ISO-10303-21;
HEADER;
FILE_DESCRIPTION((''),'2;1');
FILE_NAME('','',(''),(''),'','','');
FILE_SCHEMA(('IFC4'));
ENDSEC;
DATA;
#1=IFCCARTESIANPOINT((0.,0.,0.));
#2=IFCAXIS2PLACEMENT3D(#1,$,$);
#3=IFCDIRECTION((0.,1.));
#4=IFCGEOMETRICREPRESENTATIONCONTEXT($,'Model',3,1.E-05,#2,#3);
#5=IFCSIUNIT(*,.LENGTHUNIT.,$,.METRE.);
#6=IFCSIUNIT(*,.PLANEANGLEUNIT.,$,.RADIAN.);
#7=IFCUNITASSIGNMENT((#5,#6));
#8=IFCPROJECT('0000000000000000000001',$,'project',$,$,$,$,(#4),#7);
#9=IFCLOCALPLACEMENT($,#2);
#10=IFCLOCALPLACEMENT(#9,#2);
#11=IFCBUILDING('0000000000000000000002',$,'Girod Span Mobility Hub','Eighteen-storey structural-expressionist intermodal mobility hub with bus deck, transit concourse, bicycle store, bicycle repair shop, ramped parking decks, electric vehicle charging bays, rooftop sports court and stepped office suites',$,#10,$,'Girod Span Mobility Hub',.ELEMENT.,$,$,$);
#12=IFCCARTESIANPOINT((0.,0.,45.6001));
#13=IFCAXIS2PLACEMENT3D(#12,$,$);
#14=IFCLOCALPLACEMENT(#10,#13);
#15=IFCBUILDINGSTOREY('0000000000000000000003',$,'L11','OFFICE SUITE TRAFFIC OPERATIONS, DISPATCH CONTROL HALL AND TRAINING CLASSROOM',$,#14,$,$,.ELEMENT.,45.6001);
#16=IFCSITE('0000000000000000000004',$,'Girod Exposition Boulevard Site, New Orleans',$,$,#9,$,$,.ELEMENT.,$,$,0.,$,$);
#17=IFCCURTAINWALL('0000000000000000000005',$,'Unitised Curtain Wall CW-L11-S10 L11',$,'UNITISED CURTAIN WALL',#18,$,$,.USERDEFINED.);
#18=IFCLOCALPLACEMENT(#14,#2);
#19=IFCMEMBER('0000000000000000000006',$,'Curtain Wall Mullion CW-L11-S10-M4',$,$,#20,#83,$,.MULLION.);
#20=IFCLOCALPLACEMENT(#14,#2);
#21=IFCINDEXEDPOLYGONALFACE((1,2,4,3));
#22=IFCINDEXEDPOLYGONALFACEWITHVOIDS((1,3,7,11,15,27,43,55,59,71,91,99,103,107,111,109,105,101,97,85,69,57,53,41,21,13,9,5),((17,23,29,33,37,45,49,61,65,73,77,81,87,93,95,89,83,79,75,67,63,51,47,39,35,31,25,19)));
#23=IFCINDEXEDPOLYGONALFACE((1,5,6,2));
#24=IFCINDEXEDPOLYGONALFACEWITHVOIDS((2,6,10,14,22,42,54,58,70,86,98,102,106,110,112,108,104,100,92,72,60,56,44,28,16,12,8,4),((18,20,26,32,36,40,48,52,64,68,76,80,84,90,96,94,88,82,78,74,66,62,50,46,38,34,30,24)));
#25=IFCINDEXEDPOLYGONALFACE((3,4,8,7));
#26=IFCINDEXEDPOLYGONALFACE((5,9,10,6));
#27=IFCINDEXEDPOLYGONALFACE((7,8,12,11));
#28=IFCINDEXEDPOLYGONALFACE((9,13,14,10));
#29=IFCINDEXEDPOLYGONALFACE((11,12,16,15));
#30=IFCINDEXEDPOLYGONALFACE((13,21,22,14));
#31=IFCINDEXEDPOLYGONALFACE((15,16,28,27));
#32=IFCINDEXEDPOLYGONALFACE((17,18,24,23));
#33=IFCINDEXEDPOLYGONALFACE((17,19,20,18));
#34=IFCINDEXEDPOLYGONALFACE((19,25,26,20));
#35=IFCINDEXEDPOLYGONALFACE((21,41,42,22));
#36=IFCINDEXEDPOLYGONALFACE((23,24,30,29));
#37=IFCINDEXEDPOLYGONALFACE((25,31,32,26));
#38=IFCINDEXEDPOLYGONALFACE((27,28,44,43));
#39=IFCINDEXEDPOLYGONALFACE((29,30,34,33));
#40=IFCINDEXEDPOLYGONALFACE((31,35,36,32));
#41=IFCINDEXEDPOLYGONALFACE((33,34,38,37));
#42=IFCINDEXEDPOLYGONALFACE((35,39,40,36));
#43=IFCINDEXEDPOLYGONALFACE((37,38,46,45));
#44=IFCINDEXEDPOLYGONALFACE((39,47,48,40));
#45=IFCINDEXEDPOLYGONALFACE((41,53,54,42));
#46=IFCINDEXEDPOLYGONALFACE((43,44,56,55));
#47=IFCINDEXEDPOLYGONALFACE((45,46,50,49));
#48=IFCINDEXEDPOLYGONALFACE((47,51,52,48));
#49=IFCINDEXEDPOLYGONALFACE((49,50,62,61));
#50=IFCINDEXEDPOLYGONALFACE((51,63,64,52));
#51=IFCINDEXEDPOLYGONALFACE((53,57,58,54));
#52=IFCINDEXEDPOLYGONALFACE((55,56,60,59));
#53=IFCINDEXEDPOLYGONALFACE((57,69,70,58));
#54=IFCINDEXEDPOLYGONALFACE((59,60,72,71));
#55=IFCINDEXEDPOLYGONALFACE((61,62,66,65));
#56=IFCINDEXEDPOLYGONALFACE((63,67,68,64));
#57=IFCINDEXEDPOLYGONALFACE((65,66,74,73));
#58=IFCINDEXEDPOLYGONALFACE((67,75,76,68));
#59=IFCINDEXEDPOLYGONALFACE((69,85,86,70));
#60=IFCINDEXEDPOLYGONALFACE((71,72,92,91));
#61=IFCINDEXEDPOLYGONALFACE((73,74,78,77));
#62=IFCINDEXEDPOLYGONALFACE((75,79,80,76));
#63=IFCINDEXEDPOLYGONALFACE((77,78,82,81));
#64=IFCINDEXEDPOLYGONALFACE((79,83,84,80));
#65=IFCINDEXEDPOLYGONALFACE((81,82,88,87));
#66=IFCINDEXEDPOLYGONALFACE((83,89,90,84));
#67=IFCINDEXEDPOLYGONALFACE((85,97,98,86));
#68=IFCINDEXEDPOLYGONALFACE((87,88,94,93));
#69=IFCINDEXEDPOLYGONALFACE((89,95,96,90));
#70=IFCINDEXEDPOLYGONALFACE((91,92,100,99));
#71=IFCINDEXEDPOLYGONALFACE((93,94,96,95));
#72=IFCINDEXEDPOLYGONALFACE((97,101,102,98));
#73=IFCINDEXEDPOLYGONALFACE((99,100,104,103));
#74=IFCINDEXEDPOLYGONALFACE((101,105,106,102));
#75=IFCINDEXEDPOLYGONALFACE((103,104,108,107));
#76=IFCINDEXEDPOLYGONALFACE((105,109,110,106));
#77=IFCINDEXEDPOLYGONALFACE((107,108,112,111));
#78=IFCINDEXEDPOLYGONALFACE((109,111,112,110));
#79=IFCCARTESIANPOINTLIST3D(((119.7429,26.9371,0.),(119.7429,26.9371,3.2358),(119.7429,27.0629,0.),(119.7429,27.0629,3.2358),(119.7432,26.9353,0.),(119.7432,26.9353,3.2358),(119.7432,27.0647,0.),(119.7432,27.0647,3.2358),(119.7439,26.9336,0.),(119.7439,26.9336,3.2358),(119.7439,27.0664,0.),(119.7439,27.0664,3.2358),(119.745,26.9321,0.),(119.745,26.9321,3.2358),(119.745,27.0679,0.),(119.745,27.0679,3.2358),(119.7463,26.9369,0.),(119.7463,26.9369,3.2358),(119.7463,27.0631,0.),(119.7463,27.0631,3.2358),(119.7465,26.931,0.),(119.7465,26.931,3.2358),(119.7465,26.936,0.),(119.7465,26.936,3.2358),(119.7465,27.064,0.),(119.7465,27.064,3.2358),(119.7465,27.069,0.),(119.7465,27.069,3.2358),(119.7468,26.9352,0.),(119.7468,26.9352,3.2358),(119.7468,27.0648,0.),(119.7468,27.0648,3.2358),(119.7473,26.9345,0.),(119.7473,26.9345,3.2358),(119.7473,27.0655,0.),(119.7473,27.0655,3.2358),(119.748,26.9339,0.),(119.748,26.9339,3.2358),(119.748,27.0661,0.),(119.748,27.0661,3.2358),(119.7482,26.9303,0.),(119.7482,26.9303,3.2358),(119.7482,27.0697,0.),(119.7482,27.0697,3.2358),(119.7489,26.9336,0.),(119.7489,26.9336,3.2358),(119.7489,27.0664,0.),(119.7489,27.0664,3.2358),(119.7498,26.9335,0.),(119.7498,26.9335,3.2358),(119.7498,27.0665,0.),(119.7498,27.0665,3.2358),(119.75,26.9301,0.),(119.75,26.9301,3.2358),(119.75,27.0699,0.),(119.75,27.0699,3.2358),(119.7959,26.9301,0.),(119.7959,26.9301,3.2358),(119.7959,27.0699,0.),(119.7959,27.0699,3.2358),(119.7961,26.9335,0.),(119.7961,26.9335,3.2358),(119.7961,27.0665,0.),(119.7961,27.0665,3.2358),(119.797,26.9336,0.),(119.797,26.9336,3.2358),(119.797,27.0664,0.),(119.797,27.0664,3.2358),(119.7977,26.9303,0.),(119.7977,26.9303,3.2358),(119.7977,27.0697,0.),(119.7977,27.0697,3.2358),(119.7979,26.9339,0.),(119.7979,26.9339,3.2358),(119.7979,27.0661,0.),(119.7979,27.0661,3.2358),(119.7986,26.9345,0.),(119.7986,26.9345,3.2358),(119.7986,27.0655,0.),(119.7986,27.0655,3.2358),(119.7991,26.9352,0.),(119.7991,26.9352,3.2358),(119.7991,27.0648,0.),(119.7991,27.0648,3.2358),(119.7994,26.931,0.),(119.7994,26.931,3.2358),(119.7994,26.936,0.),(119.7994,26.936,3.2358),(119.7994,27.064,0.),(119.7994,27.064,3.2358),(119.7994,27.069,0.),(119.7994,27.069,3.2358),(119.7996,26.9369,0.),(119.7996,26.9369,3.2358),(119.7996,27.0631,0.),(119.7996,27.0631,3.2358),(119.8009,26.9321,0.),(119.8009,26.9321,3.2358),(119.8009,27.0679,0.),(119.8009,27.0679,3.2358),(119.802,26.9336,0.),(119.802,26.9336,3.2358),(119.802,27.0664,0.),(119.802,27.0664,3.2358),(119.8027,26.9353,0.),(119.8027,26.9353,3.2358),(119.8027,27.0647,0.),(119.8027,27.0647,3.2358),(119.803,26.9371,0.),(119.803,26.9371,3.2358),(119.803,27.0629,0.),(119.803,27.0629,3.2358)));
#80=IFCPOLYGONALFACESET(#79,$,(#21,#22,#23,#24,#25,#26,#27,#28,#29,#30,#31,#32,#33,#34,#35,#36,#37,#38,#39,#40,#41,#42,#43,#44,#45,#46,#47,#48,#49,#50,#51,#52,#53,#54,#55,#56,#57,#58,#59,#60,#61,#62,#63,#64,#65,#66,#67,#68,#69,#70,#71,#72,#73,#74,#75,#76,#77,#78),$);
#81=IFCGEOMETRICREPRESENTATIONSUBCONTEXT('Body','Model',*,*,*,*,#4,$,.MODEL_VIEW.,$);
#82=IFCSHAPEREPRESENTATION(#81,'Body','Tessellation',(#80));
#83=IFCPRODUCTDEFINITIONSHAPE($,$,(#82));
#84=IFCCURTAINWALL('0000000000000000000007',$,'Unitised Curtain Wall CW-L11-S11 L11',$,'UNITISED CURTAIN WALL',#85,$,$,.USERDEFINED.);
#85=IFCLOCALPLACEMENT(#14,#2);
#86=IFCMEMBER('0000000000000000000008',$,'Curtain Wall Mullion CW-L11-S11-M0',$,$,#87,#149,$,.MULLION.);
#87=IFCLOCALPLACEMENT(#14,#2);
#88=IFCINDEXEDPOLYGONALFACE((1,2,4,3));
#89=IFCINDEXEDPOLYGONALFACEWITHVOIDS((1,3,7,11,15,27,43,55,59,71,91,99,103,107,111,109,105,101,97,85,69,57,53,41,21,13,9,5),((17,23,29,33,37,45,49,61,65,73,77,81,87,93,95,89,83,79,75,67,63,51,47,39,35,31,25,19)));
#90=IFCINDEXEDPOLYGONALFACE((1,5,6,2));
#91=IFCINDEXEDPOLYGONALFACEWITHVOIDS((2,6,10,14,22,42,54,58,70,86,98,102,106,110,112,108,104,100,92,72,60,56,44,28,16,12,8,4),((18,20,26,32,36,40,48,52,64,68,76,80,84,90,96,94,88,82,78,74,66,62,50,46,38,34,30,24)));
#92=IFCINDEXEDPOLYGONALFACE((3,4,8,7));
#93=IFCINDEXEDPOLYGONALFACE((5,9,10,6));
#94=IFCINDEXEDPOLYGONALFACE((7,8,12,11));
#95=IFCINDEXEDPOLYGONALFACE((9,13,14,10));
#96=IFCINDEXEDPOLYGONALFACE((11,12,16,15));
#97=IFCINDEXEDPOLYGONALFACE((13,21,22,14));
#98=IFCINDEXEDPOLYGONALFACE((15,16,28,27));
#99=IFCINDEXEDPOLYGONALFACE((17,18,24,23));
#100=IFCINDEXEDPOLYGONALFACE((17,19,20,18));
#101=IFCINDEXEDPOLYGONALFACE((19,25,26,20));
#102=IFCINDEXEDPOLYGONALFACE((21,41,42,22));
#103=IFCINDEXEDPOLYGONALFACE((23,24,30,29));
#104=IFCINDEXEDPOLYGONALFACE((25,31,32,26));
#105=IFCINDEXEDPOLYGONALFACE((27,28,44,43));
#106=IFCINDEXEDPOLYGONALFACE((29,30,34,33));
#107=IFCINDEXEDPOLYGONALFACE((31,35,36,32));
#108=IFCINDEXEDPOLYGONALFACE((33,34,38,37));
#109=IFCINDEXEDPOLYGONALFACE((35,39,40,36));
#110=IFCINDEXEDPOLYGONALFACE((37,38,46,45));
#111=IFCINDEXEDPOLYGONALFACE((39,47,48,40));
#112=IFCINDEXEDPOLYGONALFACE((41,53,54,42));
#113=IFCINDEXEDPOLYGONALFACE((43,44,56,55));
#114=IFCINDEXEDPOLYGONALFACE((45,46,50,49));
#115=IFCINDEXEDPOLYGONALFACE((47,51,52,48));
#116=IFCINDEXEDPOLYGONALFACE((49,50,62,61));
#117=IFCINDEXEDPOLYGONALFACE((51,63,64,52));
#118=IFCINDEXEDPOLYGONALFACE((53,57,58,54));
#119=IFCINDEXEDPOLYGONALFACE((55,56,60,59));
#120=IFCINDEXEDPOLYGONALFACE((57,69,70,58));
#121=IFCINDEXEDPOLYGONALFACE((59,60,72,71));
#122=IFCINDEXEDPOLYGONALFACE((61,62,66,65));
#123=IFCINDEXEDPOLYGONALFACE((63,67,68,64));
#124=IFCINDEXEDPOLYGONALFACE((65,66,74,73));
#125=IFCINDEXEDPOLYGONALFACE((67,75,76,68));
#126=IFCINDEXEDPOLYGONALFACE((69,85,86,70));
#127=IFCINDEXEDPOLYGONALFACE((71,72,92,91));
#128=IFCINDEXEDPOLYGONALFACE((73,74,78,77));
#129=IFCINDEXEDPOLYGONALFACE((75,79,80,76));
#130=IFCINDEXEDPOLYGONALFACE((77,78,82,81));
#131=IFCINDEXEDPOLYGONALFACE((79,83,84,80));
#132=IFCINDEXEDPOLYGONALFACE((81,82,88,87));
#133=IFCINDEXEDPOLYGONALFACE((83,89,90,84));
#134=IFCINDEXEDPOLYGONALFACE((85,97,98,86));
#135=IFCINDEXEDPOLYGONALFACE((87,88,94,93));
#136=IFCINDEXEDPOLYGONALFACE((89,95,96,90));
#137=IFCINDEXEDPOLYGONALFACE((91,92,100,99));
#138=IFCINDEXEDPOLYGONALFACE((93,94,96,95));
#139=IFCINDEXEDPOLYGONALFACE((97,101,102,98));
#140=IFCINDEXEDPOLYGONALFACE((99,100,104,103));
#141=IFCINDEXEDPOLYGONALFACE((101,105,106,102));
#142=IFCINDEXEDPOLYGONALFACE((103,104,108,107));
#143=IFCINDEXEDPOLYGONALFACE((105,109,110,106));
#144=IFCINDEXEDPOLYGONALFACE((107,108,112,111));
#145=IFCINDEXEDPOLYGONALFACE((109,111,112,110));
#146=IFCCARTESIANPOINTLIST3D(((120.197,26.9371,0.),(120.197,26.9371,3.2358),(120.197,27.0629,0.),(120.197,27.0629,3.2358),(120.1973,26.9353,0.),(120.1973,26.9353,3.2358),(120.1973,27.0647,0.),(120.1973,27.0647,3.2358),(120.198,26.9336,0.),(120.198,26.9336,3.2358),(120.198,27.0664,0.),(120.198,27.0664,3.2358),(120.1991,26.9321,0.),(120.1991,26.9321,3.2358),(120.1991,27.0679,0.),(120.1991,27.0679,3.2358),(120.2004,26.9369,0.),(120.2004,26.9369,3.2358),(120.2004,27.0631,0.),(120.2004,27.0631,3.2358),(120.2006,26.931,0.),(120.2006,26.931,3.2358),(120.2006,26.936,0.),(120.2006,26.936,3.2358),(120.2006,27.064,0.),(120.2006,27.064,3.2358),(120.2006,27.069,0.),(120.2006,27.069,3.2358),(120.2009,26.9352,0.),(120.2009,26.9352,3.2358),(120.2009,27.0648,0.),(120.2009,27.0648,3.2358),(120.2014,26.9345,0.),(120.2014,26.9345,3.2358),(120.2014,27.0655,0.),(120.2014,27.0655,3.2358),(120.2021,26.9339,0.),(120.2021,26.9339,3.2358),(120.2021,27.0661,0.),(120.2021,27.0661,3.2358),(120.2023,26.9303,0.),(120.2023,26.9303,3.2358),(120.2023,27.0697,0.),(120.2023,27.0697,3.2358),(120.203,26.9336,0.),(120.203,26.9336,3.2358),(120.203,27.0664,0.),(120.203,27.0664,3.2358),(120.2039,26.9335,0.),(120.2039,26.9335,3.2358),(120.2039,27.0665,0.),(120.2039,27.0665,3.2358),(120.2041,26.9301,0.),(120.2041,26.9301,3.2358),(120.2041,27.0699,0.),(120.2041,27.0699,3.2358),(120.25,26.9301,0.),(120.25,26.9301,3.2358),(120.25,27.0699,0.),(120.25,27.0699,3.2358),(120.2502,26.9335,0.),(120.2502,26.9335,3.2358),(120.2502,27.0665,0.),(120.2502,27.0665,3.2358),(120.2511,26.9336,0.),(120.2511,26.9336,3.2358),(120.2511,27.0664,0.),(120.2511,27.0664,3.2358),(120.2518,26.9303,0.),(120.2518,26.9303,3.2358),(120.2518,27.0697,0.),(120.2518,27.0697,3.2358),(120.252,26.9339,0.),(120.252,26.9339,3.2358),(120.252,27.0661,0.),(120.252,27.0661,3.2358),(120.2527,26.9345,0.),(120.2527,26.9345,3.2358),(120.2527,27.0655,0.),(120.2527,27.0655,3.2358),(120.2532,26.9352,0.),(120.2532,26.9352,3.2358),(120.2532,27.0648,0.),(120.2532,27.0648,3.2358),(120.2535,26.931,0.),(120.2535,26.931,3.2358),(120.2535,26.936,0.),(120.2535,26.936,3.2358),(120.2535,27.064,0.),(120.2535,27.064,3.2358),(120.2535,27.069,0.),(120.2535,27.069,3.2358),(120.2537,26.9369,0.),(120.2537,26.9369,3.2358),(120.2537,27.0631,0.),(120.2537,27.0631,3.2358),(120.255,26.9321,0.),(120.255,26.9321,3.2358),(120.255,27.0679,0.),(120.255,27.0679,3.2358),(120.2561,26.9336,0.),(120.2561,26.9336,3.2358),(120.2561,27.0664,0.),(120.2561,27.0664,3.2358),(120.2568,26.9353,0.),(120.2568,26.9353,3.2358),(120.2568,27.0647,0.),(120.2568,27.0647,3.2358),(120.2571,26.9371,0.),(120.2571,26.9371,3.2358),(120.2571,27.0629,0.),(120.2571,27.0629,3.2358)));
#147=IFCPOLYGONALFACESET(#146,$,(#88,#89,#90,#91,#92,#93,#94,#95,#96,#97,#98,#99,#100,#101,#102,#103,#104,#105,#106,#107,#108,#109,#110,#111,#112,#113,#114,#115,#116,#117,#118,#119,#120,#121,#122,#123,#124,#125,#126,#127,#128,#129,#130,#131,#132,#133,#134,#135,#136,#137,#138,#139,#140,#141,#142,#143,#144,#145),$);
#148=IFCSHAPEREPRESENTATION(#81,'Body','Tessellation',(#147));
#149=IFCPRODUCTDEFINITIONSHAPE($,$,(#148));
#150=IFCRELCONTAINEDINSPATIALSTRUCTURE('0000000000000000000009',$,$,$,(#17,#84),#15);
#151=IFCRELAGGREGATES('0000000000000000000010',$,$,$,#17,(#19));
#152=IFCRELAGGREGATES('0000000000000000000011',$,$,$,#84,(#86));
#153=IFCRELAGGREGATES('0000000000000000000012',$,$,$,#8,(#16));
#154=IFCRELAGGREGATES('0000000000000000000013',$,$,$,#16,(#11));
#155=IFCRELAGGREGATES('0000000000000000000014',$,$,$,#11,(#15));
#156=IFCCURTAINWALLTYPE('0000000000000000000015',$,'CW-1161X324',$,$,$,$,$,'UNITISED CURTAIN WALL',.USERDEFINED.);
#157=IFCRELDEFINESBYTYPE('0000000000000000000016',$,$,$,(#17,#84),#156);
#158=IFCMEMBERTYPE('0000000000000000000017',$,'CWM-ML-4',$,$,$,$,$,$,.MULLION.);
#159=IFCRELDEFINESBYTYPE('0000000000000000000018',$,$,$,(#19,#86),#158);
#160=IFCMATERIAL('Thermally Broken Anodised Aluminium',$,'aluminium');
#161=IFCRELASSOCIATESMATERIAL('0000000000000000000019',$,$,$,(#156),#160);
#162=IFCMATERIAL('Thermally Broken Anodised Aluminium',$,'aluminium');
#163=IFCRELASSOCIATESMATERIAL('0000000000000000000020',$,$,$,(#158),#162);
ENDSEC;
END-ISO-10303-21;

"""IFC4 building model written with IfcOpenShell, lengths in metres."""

from ifc_helpers import new_model, si_unit, direction, frame, origin, origin_2d, place, context, subcontext, project, spatial, hollow_rectangle, extrude, material, material_profile, profile_set, type_object, element, aggregate, save


model = new_model("IFC4")

# Units and contexts
model_context = context("Model", 3, precision=1e-05, world=origin(), true_north=direction((0.0, 1.0)))
body_context = subcontext(model_context, "Body", "Model", "MODEL_VIEW")
ifc_project = project(units=[si_unit("LENGTHUNIT", "METRE"), si_unit("PLANEANGLEUNIT", "RADIAN")], contexts=[model_context])

# Site, building, storey
site_placement = place(None, origin())
site = spatial("IfcSite", under=ifc_project, at=site_placement, Name="Girod Exposition Boulevard Site, New Orleans", CompositionType="ELEMENT", RefElevation=0.0)
building_placement = place(site_placement, origin())
building = spatial("IfcBuilding", under=site, at=building_placement, Name="Girod Span Mobility Hub", Description="Eighteen-storey structural-expressionist intermodal mobility hub with bus deck, transit concourse, bicycle store, bicycle repair shop, ramped parking decks, electric vehicle charging bays, rooftop sports court and stepped office suites", LongName="Girod Span Mobility Hub", CompositionType="ELEMENT")
storey_placement = place(building_placement, frame((0.0, 0.0, 45.6001)))
storey = spatial("IfcBuildingStorey", under=building, at=storey_placement, Name="L11", Description="OFFICE SUITE TRAFFIC OPERATIONS, DISPATCH CONTROL HALL AND TRAINING CLASSROOM", CompositionType="ELEMENT", Elevation=45.6001)

# Curtain walls, members
ifc_material_1 = material(Name="Thermally Broken Anodised Aluminium", Category="aluminium")
curtain_wall_type = type_object("IfcCurtainWallType", Name="CW-1161X324", ElementType="UNITISED CURTAIN WALL", PredefinedType="USERDEFINED", material=ifc_material_1)
curtain_wall_1_placement = place(storey_placement, origin())
curtain_wall_1 = element("IfcCurtainWall", 1, at=curtain_wall_1_placement, inside=storey, type_object=curtain_wall_type, Name="Unitised Curtain Wall CW-L11-S10 L11", ObjectType="UNITISED CURTAIN WALL", PredefinedType="USERDEFINED")
ifc_material_2 = material(Name="Thermally Broken Anodised Aluminium", Category="aluminium")
ifc_material_profile_1 = material_profile(ifc_material_2, hollow_rectangle(XDim=0.1399, YDim=0.0601, WallThickness=0.0034, InnerFilletRadius=0.0034, OuterFilletRadius=0.0071, at=origin_2d()), Name="CW-ML-60X140")
ifc_profile_set_1 = profile_set([ifc_material_profile_1], Name="Thermally Broken Anodised Aluminium")
member_type_1 = type_object("IfcMemberType", Name="CWM-ML-4", PredefinedType="MULLION", material=ifc_profile_set_1)
member_1_placement = place(storey_placement, frame((119.7729, 27.0, 0.0), z_axis=(0.0, 0.0, 1.0), x_axis=(0.0, 1.0, 0.0)))
member_1 = element("IfcMember", 2, at=member_1_placement, type_object=member_type_1, Name="Curtain Wall Mullion CW-L11-S10-M4", PredefinedType="MULLION", context=body_context, shape_type="SweptSolid", body=[
    extrude(hollow_rectangle(XDim=0.1399, YDim=0.0601, WallThickness=0.0034, InnerFilletRadius=0.0034, OuterFilletRadius=0.0071, at=origin_2d()), origin(), (0.0, 0.0, 1.0), 3.2358),
])
curtain_wall_2_placement = place(storey_placement, origin())
curtain_wall_2 = element("IfcCurtainWall", 3, at=curtain_wall_2_placement, inside=storey, type_object=curtain_wall_type, Name="Unitised Curtain Wall CW-L11-S11 L11", ObjectType="UNITISED CURTAIN WALL", PredefinedType="USERDEFINED")
member_2_placement = place(storey_placement, frame((120.2271, 27.0, 0.0), z_axis=(0.0, 0.0, 1.0), x_axis=(0.0, 1.0, 0.0)))
member_2 = element("IfcMember", 4, at=member_2_placement, type_object=member_type_1, Name="Curtain Wall Mullion CW-L11-S11-M0", PredefinedType="MULLION", context=body_context, shape_type="SweptSolid", body=[
    extrude(hollow_rectangle(XDim=0.1399, YDim=0.0601, WallThickness=0.0034, InnerFilletRadius=0.0034, OuterFilletRadius=0.0071, at=origin_2d()), origin(), (0.0, 0.0, 1.0), 3.2358),
])

aggregate(curtain_wall_1, [member_1])
aggregate(curtain_wall_2, [member_2])

save(model, "model.ifc")
